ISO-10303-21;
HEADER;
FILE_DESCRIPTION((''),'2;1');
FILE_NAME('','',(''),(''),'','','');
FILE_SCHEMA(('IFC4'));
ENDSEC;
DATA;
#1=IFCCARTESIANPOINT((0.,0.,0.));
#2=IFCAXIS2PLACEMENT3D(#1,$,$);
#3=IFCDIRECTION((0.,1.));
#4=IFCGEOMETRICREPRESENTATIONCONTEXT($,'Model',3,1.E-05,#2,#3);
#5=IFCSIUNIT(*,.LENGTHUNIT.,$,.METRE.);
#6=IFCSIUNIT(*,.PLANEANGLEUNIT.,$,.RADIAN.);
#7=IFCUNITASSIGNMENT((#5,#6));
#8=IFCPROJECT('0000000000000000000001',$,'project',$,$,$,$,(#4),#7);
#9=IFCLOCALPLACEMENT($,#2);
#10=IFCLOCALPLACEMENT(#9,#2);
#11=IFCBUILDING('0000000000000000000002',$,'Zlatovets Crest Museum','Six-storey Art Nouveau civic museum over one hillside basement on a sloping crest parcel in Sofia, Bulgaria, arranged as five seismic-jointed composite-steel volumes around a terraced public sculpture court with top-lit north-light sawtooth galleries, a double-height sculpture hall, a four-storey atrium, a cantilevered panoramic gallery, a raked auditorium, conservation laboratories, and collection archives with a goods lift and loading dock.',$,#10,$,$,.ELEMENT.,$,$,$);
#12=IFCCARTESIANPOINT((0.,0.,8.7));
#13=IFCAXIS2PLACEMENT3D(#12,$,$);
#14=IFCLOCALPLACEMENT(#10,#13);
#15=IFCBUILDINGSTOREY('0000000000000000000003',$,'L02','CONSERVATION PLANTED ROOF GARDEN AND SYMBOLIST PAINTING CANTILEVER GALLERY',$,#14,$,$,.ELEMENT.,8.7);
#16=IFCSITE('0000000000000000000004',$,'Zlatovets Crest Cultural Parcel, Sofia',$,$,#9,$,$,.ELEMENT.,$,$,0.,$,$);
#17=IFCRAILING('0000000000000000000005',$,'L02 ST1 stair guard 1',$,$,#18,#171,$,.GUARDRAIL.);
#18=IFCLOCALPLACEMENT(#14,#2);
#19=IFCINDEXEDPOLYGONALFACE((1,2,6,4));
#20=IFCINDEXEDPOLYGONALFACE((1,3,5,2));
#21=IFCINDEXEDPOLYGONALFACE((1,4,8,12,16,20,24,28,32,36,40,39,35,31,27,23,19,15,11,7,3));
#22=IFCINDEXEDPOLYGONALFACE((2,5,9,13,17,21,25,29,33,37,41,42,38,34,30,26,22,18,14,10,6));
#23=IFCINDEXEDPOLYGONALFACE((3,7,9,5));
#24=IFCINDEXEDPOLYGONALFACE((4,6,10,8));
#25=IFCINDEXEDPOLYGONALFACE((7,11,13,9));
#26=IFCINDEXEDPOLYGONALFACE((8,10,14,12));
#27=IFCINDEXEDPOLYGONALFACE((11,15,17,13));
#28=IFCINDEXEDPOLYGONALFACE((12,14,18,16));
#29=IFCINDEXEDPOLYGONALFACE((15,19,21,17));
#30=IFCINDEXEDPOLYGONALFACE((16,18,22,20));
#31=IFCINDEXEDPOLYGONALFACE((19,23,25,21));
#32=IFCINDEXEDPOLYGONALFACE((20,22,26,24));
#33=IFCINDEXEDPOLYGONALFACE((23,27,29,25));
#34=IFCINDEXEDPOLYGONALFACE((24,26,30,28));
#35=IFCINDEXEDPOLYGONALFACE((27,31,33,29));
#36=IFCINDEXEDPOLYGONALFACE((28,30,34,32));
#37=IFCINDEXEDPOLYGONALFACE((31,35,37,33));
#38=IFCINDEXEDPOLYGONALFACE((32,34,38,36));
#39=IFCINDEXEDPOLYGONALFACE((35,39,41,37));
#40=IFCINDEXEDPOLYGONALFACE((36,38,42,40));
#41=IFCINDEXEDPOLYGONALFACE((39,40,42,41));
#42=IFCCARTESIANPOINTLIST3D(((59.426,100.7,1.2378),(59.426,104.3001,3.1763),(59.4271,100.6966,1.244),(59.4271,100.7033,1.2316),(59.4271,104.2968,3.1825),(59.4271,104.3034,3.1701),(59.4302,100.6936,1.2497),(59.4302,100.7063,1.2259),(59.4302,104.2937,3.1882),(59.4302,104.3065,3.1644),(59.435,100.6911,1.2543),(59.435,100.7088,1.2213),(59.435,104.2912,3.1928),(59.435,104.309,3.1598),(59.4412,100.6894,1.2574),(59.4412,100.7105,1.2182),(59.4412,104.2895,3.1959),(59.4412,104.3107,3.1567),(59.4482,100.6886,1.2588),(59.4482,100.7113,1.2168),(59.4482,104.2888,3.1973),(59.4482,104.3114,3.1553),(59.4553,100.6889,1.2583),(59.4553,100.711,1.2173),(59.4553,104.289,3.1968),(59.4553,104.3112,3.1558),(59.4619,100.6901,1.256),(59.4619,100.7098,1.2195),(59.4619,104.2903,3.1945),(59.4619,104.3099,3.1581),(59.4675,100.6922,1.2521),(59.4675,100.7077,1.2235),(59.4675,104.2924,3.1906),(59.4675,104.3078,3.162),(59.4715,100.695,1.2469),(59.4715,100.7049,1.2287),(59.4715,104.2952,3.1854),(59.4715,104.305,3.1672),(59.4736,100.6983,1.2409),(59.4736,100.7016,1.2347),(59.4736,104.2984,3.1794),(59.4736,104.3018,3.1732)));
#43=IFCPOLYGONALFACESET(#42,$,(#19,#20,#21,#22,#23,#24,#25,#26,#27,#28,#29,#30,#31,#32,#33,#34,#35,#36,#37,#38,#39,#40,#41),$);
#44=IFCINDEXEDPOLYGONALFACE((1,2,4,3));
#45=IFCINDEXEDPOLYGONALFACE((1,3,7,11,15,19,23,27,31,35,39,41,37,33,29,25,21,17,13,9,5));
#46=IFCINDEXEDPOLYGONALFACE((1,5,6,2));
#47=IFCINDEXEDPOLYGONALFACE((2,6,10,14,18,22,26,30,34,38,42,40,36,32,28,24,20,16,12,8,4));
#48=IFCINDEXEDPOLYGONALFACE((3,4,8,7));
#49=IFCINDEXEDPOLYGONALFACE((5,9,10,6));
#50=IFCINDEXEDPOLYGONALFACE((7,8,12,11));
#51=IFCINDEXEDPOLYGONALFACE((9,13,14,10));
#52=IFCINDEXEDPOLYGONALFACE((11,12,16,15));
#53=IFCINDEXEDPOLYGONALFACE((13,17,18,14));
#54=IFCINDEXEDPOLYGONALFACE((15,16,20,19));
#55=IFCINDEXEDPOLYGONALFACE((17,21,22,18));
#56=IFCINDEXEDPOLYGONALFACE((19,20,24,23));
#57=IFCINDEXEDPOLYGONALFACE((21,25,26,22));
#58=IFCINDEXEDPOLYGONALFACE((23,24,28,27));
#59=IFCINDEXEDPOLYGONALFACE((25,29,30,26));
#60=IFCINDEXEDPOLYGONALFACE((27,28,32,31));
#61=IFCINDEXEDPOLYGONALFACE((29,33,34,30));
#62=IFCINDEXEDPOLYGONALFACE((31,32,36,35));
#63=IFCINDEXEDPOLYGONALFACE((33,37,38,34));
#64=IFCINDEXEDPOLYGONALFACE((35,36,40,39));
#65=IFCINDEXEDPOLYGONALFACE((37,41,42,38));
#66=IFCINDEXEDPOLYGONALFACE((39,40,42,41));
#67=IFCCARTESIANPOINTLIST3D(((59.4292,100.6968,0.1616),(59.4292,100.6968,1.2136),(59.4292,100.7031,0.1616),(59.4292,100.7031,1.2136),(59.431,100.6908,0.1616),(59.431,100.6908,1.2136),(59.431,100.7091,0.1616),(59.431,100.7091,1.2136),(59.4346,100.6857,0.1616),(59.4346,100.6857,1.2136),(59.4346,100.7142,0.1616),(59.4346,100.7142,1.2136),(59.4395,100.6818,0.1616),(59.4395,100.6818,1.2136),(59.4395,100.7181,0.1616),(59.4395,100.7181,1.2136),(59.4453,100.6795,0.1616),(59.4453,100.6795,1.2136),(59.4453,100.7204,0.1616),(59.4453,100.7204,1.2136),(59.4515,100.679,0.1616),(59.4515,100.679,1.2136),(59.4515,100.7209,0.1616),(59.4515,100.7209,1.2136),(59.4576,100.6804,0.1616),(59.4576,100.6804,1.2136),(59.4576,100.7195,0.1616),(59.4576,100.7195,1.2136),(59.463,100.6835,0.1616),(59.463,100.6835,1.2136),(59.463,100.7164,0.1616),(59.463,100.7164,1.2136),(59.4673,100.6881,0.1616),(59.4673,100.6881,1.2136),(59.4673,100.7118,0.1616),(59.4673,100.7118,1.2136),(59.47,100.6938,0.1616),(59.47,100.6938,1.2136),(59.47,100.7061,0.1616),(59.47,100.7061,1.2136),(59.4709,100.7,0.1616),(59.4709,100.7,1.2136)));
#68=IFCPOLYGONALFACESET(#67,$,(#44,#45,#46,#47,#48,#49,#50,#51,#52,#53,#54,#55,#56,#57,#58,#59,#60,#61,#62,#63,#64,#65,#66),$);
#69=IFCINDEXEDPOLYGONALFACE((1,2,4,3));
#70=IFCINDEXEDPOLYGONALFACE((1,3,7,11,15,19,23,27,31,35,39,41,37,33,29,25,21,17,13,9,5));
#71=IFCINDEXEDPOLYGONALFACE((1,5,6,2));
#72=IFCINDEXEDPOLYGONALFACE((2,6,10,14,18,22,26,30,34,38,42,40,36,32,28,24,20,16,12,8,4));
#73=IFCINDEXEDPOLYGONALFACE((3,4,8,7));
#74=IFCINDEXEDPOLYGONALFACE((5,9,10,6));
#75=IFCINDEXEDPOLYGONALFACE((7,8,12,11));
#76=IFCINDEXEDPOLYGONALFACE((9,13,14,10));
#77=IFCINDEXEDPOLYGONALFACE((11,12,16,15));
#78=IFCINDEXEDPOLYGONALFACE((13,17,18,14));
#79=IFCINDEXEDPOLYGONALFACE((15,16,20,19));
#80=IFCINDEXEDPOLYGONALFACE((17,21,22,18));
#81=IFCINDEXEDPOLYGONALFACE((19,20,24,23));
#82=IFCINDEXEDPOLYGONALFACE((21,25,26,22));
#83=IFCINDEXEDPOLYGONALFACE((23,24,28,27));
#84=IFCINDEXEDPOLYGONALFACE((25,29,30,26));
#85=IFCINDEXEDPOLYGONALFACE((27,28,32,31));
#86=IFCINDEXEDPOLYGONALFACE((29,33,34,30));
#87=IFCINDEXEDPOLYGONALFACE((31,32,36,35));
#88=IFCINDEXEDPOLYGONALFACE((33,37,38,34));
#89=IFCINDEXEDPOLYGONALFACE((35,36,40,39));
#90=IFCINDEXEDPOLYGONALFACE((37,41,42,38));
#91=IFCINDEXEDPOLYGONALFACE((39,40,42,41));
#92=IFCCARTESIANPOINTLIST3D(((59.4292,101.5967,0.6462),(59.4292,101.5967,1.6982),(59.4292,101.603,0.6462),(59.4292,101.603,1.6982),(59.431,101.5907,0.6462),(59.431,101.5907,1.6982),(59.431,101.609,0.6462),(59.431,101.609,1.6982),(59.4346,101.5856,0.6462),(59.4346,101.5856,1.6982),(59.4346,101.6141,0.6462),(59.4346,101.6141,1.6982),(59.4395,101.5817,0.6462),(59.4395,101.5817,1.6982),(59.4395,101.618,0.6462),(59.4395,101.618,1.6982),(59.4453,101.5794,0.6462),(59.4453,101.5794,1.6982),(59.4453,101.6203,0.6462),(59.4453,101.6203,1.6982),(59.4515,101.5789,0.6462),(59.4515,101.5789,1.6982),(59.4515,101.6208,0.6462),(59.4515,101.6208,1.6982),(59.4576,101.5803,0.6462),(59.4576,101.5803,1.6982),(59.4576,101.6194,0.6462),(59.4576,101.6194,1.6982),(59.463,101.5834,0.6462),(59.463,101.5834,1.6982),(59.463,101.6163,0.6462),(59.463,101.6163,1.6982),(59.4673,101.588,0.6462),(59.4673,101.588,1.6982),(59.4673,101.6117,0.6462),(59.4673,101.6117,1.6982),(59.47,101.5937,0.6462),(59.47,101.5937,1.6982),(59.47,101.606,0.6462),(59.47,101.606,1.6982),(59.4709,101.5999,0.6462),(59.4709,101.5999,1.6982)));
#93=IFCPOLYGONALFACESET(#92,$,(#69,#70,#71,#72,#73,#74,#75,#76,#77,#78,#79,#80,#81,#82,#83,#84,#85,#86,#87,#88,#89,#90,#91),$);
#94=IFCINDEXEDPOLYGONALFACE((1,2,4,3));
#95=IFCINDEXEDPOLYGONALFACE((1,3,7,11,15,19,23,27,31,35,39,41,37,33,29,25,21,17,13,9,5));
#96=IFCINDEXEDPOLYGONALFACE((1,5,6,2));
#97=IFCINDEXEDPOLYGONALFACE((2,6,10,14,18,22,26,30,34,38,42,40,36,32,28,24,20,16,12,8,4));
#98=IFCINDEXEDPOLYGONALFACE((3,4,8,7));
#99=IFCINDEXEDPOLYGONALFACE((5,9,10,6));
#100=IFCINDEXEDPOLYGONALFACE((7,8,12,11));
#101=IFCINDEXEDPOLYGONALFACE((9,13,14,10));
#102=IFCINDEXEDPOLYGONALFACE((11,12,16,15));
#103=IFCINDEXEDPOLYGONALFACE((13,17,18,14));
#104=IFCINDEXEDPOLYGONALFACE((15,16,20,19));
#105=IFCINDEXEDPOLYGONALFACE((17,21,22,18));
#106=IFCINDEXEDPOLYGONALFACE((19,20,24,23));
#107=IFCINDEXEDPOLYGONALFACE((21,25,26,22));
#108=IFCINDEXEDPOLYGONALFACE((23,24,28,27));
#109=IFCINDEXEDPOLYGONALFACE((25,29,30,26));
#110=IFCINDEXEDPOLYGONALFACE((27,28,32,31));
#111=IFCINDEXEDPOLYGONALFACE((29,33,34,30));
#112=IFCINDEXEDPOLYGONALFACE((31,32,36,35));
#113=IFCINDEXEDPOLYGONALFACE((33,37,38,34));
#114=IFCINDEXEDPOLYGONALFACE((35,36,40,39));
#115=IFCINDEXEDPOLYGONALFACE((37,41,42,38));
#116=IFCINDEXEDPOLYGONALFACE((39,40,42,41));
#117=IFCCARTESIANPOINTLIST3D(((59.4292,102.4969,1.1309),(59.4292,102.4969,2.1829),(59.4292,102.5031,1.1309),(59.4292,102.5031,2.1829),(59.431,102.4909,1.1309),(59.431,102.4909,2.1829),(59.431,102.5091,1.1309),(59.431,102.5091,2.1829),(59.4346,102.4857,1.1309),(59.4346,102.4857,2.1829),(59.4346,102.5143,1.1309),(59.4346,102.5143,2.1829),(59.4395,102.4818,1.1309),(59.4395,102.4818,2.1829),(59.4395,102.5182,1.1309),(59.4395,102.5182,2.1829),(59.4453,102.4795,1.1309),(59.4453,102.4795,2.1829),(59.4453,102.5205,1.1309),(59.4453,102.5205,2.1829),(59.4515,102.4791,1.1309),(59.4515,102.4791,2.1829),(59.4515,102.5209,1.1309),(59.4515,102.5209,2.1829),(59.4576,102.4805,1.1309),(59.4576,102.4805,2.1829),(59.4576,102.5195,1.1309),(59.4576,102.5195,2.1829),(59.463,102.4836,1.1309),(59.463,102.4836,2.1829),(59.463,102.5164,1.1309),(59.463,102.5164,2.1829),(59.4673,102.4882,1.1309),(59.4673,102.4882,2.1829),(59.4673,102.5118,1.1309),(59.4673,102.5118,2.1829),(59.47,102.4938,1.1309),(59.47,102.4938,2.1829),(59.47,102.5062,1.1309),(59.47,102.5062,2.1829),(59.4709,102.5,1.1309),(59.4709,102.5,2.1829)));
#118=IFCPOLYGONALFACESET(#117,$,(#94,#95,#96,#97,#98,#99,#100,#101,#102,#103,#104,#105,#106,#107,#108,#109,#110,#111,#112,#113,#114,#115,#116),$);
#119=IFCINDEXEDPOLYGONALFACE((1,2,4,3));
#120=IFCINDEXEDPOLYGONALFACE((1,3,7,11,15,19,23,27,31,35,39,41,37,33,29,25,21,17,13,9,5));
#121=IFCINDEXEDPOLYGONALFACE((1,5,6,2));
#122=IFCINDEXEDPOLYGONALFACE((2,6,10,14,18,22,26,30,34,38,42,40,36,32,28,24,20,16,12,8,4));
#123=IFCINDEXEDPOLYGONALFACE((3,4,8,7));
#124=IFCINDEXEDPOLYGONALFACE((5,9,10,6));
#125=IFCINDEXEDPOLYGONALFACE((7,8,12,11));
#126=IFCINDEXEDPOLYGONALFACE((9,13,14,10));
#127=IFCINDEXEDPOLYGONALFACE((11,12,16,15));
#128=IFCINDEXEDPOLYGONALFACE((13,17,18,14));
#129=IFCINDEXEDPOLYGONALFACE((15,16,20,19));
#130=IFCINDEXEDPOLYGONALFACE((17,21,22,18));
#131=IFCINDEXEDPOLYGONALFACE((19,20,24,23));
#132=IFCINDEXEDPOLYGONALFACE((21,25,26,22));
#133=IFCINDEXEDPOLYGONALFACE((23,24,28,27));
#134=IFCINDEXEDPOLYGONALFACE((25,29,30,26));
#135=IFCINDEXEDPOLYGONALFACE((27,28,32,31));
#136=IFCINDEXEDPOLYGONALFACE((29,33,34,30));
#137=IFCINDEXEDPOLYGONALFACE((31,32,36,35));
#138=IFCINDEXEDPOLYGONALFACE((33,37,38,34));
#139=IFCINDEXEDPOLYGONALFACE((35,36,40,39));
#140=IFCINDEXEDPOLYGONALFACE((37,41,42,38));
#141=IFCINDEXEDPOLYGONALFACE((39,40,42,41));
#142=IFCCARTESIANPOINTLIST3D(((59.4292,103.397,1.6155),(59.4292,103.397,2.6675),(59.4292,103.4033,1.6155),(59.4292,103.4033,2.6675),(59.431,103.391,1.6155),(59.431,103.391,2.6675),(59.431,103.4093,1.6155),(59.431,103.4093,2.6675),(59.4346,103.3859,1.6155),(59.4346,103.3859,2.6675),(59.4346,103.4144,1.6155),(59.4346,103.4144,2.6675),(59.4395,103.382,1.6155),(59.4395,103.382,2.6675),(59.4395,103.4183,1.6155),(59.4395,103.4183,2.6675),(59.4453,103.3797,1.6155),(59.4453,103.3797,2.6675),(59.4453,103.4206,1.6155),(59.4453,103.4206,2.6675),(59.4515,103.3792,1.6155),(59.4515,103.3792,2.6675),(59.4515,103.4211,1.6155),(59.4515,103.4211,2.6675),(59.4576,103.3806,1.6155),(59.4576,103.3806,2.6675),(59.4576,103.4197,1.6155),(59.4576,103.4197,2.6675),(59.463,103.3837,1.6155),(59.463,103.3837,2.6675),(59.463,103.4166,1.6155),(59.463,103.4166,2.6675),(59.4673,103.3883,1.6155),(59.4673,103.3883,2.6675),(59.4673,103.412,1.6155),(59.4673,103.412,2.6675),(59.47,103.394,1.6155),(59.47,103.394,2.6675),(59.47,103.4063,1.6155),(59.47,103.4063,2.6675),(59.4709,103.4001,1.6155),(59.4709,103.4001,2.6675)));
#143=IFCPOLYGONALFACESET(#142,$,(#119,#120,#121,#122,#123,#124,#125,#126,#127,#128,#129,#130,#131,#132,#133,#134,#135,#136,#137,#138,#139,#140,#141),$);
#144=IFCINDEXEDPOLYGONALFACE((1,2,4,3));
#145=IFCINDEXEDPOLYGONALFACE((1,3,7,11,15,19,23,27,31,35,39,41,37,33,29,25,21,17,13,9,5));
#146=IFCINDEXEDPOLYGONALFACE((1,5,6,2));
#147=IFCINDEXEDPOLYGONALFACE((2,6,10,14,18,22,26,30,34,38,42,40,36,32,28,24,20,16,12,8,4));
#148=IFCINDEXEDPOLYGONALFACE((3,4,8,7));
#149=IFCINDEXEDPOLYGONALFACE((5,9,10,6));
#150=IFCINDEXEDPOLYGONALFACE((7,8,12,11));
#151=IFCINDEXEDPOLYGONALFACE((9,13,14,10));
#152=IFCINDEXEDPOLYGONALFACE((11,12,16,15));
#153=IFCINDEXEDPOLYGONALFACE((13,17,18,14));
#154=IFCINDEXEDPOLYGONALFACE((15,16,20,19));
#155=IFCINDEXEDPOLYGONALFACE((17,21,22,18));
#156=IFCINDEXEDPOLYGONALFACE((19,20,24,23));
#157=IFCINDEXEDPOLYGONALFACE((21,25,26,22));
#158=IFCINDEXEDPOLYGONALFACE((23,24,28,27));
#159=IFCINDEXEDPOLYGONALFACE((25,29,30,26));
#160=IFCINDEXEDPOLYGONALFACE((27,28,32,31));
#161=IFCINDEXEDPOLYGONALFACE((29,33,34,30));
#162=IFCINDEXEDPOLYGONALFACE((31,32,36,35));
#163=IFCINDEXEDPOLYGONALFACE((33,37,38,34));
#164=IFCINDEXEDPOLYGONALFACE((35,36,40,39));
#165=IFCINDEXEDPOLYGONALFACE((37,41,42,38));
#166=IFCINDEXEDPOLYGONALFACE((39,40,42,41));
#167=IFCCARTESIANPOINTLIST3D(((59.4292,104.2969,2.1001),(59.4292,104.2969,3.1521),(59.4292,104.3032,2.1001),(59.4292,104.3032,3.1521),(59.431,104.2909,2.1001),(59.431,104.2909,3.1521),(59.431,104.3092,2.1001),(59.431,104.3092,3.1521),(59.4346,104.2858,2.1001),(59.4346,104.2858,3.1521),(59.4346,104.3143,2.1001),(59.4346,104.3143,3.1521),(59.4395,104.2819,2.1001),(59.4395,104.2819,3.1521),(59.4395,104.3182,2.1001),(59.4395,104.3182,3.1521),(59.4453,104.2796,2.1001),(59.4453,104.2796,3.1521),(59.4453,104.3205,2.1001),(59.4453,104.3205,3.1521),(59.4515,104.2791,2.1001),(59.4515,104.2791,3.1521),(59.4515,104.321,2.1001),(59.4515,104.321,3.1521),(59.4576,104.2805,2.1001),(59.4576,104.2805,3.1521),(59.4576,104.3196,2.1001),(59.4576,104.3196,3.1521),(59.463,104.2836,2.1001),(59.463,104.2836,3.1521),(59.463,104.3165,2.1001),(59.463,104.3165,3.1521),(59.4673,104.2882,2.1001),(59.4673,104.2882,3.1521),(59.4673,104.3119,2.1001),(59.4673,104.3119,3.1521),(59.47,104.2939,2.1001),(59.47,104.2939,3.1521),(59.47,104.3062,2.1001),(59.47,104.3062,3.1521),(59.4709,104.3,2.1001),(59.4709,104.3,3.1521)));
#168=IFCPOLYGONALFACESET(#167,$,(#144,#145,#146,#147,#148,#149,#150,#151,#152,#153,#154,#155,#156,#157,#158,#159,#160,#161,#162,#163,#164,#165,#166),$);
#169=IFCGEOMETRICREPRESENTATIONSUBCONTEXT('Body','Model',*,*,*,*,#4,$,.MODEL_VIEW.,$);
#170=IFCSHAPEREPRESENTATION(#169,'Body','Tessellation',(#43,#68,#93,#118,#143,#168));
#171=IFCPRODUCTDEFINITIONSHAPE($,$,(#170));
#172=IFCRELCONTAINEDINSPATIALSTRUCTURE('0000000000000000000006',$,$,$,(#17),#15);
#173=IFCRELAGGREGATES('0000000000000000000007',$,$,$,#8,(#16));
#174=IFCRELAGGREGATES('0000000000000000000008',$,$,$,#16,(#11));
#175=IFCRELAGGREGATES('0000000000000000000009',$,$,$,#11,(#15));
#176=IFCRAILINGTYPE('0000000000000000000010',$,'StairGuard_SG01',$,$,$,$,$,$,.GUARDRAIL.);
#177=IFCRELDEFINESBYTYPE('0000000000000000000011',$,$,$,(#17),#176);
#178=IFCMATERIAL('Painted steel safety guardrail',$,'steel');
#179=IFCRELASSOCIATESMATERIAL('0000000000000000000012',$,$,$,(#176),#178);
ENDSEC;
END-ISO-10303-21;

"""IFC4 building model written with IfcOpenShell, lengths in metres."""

from ifc_helpers import new_model, si_unit, direction, frame, origin, origin_2d, place, context, subcontext, project, spatial, circle, extrude, material, type_object, element, save


model = new_model("IFC4")

# Units and contexts
model_context = context("Model", 3, precision=1e-05, world=origin(), true_north=direction((0.0, 1.0)))
body_context = subcontext(model_context, "Body", "Model", "MODEL_VIEW")
ifc_project = project(units=[si_unit("LENGTHUNIT", "METRE"), si_unit("PLANEANGLEUNIT", "RADIAN")], contexts=[model_context])

# Site, building, storey
site_placement = place(None, origin())
site = spatial("IfcSite", under=ifc_project, at=site_placement, Name="Zlatovets Crest Cultural Parcel, Sofia", CompositionType="ELEMENT", RefElevation=0.0)
building_placement = place(site_placement, origin())
building = spatial("IfcBuilding", under=site, at=building_placement, Name="Zlatovets Crest Museum", Description="Six-storey Art Nouveau civic museum over one hillside basement on a sloping crest parcel in Sofia, Bulgaria, arranged as five seismic-jointed composite-steel volumes around a terraced public sculpture court with top-lit north-light sawtooth galleries, a double-height sculpture hall, a four-storey atrium, a cantilevered panoramic gallery, a raked auditorium, conservation laboratories, and collection archives with a goods lift and loading dock.", CompositionType="ELEMENT")
storey_placement = place(building_placement, frame((0.0, 0.0, 8.7)))
storey = spatial("IfcBuildingStorey", under=building, at=storey_placement, Name="L02", Description="CONSERVATION PLANTED ROOF GARDEN AND SYMBOLIST PAINTING CANTILEVER GALLERY", CompositionType="ELEMENT", Elevation=8.7)

# Railing
ifc_material_1 = material(Name="Painted steel safety guardrail", Category="steel")
railing_type_1 = type_object("IfcRailingType", Name="StairGuard_SG01", PredefinedType="GUARDRAIL", material=ifc_material_1)
railing_1_placement = place(storey_placement, frame((59.45, 100.7, 0.1616)))
element("IfcRailing", 1, at=railing_1_placement, inside=storey, type_object=railing_type_1, Name="L02 ST1 stair guard 1", PredefinedType="GUARDRAIL", context=body_context, shape_type="SweptSolid", body=[
    extrude(circle(Radius=0.0239, at=origin_2d()), frame((0.0, 0.0, 1.0762), z_axis=(0.0, 0.880475, 0.474093), x_axis=(-1.0, 0.0, 0.0)), (0.0, 0.0, 1.0), 4.0889),
    extrude(circle(Radius=0.021, at=origin_2d()), origin(), (0.0, 0.0, 1.0), 1.052),
    extrude(circle(Radius=0.021, at=origin_2d()), frame((0.0, 0.8999, 0.4846)), (0.0, 0.0, 1.0), 1.052),
    extrude(circle(Radius=0.021, at=origin_2d()), frame((0.0, 1.8, 0.9692)), (0.0, 0.0, 1.0), 1.052),
    extrude(circle(Radius=0.021, at=origin_2d()), frame((0.0, 2.7002, 1.4539)), (0.0, 0.0, 1.0), 1.052),
    extrude(circle(Radius=0.021, at=origin_2d()), frame((0.0, 3.6001, 1.9385)), (0.0, 0.0, 1.0), 1.052),
])

save(model, "model.ifc")
